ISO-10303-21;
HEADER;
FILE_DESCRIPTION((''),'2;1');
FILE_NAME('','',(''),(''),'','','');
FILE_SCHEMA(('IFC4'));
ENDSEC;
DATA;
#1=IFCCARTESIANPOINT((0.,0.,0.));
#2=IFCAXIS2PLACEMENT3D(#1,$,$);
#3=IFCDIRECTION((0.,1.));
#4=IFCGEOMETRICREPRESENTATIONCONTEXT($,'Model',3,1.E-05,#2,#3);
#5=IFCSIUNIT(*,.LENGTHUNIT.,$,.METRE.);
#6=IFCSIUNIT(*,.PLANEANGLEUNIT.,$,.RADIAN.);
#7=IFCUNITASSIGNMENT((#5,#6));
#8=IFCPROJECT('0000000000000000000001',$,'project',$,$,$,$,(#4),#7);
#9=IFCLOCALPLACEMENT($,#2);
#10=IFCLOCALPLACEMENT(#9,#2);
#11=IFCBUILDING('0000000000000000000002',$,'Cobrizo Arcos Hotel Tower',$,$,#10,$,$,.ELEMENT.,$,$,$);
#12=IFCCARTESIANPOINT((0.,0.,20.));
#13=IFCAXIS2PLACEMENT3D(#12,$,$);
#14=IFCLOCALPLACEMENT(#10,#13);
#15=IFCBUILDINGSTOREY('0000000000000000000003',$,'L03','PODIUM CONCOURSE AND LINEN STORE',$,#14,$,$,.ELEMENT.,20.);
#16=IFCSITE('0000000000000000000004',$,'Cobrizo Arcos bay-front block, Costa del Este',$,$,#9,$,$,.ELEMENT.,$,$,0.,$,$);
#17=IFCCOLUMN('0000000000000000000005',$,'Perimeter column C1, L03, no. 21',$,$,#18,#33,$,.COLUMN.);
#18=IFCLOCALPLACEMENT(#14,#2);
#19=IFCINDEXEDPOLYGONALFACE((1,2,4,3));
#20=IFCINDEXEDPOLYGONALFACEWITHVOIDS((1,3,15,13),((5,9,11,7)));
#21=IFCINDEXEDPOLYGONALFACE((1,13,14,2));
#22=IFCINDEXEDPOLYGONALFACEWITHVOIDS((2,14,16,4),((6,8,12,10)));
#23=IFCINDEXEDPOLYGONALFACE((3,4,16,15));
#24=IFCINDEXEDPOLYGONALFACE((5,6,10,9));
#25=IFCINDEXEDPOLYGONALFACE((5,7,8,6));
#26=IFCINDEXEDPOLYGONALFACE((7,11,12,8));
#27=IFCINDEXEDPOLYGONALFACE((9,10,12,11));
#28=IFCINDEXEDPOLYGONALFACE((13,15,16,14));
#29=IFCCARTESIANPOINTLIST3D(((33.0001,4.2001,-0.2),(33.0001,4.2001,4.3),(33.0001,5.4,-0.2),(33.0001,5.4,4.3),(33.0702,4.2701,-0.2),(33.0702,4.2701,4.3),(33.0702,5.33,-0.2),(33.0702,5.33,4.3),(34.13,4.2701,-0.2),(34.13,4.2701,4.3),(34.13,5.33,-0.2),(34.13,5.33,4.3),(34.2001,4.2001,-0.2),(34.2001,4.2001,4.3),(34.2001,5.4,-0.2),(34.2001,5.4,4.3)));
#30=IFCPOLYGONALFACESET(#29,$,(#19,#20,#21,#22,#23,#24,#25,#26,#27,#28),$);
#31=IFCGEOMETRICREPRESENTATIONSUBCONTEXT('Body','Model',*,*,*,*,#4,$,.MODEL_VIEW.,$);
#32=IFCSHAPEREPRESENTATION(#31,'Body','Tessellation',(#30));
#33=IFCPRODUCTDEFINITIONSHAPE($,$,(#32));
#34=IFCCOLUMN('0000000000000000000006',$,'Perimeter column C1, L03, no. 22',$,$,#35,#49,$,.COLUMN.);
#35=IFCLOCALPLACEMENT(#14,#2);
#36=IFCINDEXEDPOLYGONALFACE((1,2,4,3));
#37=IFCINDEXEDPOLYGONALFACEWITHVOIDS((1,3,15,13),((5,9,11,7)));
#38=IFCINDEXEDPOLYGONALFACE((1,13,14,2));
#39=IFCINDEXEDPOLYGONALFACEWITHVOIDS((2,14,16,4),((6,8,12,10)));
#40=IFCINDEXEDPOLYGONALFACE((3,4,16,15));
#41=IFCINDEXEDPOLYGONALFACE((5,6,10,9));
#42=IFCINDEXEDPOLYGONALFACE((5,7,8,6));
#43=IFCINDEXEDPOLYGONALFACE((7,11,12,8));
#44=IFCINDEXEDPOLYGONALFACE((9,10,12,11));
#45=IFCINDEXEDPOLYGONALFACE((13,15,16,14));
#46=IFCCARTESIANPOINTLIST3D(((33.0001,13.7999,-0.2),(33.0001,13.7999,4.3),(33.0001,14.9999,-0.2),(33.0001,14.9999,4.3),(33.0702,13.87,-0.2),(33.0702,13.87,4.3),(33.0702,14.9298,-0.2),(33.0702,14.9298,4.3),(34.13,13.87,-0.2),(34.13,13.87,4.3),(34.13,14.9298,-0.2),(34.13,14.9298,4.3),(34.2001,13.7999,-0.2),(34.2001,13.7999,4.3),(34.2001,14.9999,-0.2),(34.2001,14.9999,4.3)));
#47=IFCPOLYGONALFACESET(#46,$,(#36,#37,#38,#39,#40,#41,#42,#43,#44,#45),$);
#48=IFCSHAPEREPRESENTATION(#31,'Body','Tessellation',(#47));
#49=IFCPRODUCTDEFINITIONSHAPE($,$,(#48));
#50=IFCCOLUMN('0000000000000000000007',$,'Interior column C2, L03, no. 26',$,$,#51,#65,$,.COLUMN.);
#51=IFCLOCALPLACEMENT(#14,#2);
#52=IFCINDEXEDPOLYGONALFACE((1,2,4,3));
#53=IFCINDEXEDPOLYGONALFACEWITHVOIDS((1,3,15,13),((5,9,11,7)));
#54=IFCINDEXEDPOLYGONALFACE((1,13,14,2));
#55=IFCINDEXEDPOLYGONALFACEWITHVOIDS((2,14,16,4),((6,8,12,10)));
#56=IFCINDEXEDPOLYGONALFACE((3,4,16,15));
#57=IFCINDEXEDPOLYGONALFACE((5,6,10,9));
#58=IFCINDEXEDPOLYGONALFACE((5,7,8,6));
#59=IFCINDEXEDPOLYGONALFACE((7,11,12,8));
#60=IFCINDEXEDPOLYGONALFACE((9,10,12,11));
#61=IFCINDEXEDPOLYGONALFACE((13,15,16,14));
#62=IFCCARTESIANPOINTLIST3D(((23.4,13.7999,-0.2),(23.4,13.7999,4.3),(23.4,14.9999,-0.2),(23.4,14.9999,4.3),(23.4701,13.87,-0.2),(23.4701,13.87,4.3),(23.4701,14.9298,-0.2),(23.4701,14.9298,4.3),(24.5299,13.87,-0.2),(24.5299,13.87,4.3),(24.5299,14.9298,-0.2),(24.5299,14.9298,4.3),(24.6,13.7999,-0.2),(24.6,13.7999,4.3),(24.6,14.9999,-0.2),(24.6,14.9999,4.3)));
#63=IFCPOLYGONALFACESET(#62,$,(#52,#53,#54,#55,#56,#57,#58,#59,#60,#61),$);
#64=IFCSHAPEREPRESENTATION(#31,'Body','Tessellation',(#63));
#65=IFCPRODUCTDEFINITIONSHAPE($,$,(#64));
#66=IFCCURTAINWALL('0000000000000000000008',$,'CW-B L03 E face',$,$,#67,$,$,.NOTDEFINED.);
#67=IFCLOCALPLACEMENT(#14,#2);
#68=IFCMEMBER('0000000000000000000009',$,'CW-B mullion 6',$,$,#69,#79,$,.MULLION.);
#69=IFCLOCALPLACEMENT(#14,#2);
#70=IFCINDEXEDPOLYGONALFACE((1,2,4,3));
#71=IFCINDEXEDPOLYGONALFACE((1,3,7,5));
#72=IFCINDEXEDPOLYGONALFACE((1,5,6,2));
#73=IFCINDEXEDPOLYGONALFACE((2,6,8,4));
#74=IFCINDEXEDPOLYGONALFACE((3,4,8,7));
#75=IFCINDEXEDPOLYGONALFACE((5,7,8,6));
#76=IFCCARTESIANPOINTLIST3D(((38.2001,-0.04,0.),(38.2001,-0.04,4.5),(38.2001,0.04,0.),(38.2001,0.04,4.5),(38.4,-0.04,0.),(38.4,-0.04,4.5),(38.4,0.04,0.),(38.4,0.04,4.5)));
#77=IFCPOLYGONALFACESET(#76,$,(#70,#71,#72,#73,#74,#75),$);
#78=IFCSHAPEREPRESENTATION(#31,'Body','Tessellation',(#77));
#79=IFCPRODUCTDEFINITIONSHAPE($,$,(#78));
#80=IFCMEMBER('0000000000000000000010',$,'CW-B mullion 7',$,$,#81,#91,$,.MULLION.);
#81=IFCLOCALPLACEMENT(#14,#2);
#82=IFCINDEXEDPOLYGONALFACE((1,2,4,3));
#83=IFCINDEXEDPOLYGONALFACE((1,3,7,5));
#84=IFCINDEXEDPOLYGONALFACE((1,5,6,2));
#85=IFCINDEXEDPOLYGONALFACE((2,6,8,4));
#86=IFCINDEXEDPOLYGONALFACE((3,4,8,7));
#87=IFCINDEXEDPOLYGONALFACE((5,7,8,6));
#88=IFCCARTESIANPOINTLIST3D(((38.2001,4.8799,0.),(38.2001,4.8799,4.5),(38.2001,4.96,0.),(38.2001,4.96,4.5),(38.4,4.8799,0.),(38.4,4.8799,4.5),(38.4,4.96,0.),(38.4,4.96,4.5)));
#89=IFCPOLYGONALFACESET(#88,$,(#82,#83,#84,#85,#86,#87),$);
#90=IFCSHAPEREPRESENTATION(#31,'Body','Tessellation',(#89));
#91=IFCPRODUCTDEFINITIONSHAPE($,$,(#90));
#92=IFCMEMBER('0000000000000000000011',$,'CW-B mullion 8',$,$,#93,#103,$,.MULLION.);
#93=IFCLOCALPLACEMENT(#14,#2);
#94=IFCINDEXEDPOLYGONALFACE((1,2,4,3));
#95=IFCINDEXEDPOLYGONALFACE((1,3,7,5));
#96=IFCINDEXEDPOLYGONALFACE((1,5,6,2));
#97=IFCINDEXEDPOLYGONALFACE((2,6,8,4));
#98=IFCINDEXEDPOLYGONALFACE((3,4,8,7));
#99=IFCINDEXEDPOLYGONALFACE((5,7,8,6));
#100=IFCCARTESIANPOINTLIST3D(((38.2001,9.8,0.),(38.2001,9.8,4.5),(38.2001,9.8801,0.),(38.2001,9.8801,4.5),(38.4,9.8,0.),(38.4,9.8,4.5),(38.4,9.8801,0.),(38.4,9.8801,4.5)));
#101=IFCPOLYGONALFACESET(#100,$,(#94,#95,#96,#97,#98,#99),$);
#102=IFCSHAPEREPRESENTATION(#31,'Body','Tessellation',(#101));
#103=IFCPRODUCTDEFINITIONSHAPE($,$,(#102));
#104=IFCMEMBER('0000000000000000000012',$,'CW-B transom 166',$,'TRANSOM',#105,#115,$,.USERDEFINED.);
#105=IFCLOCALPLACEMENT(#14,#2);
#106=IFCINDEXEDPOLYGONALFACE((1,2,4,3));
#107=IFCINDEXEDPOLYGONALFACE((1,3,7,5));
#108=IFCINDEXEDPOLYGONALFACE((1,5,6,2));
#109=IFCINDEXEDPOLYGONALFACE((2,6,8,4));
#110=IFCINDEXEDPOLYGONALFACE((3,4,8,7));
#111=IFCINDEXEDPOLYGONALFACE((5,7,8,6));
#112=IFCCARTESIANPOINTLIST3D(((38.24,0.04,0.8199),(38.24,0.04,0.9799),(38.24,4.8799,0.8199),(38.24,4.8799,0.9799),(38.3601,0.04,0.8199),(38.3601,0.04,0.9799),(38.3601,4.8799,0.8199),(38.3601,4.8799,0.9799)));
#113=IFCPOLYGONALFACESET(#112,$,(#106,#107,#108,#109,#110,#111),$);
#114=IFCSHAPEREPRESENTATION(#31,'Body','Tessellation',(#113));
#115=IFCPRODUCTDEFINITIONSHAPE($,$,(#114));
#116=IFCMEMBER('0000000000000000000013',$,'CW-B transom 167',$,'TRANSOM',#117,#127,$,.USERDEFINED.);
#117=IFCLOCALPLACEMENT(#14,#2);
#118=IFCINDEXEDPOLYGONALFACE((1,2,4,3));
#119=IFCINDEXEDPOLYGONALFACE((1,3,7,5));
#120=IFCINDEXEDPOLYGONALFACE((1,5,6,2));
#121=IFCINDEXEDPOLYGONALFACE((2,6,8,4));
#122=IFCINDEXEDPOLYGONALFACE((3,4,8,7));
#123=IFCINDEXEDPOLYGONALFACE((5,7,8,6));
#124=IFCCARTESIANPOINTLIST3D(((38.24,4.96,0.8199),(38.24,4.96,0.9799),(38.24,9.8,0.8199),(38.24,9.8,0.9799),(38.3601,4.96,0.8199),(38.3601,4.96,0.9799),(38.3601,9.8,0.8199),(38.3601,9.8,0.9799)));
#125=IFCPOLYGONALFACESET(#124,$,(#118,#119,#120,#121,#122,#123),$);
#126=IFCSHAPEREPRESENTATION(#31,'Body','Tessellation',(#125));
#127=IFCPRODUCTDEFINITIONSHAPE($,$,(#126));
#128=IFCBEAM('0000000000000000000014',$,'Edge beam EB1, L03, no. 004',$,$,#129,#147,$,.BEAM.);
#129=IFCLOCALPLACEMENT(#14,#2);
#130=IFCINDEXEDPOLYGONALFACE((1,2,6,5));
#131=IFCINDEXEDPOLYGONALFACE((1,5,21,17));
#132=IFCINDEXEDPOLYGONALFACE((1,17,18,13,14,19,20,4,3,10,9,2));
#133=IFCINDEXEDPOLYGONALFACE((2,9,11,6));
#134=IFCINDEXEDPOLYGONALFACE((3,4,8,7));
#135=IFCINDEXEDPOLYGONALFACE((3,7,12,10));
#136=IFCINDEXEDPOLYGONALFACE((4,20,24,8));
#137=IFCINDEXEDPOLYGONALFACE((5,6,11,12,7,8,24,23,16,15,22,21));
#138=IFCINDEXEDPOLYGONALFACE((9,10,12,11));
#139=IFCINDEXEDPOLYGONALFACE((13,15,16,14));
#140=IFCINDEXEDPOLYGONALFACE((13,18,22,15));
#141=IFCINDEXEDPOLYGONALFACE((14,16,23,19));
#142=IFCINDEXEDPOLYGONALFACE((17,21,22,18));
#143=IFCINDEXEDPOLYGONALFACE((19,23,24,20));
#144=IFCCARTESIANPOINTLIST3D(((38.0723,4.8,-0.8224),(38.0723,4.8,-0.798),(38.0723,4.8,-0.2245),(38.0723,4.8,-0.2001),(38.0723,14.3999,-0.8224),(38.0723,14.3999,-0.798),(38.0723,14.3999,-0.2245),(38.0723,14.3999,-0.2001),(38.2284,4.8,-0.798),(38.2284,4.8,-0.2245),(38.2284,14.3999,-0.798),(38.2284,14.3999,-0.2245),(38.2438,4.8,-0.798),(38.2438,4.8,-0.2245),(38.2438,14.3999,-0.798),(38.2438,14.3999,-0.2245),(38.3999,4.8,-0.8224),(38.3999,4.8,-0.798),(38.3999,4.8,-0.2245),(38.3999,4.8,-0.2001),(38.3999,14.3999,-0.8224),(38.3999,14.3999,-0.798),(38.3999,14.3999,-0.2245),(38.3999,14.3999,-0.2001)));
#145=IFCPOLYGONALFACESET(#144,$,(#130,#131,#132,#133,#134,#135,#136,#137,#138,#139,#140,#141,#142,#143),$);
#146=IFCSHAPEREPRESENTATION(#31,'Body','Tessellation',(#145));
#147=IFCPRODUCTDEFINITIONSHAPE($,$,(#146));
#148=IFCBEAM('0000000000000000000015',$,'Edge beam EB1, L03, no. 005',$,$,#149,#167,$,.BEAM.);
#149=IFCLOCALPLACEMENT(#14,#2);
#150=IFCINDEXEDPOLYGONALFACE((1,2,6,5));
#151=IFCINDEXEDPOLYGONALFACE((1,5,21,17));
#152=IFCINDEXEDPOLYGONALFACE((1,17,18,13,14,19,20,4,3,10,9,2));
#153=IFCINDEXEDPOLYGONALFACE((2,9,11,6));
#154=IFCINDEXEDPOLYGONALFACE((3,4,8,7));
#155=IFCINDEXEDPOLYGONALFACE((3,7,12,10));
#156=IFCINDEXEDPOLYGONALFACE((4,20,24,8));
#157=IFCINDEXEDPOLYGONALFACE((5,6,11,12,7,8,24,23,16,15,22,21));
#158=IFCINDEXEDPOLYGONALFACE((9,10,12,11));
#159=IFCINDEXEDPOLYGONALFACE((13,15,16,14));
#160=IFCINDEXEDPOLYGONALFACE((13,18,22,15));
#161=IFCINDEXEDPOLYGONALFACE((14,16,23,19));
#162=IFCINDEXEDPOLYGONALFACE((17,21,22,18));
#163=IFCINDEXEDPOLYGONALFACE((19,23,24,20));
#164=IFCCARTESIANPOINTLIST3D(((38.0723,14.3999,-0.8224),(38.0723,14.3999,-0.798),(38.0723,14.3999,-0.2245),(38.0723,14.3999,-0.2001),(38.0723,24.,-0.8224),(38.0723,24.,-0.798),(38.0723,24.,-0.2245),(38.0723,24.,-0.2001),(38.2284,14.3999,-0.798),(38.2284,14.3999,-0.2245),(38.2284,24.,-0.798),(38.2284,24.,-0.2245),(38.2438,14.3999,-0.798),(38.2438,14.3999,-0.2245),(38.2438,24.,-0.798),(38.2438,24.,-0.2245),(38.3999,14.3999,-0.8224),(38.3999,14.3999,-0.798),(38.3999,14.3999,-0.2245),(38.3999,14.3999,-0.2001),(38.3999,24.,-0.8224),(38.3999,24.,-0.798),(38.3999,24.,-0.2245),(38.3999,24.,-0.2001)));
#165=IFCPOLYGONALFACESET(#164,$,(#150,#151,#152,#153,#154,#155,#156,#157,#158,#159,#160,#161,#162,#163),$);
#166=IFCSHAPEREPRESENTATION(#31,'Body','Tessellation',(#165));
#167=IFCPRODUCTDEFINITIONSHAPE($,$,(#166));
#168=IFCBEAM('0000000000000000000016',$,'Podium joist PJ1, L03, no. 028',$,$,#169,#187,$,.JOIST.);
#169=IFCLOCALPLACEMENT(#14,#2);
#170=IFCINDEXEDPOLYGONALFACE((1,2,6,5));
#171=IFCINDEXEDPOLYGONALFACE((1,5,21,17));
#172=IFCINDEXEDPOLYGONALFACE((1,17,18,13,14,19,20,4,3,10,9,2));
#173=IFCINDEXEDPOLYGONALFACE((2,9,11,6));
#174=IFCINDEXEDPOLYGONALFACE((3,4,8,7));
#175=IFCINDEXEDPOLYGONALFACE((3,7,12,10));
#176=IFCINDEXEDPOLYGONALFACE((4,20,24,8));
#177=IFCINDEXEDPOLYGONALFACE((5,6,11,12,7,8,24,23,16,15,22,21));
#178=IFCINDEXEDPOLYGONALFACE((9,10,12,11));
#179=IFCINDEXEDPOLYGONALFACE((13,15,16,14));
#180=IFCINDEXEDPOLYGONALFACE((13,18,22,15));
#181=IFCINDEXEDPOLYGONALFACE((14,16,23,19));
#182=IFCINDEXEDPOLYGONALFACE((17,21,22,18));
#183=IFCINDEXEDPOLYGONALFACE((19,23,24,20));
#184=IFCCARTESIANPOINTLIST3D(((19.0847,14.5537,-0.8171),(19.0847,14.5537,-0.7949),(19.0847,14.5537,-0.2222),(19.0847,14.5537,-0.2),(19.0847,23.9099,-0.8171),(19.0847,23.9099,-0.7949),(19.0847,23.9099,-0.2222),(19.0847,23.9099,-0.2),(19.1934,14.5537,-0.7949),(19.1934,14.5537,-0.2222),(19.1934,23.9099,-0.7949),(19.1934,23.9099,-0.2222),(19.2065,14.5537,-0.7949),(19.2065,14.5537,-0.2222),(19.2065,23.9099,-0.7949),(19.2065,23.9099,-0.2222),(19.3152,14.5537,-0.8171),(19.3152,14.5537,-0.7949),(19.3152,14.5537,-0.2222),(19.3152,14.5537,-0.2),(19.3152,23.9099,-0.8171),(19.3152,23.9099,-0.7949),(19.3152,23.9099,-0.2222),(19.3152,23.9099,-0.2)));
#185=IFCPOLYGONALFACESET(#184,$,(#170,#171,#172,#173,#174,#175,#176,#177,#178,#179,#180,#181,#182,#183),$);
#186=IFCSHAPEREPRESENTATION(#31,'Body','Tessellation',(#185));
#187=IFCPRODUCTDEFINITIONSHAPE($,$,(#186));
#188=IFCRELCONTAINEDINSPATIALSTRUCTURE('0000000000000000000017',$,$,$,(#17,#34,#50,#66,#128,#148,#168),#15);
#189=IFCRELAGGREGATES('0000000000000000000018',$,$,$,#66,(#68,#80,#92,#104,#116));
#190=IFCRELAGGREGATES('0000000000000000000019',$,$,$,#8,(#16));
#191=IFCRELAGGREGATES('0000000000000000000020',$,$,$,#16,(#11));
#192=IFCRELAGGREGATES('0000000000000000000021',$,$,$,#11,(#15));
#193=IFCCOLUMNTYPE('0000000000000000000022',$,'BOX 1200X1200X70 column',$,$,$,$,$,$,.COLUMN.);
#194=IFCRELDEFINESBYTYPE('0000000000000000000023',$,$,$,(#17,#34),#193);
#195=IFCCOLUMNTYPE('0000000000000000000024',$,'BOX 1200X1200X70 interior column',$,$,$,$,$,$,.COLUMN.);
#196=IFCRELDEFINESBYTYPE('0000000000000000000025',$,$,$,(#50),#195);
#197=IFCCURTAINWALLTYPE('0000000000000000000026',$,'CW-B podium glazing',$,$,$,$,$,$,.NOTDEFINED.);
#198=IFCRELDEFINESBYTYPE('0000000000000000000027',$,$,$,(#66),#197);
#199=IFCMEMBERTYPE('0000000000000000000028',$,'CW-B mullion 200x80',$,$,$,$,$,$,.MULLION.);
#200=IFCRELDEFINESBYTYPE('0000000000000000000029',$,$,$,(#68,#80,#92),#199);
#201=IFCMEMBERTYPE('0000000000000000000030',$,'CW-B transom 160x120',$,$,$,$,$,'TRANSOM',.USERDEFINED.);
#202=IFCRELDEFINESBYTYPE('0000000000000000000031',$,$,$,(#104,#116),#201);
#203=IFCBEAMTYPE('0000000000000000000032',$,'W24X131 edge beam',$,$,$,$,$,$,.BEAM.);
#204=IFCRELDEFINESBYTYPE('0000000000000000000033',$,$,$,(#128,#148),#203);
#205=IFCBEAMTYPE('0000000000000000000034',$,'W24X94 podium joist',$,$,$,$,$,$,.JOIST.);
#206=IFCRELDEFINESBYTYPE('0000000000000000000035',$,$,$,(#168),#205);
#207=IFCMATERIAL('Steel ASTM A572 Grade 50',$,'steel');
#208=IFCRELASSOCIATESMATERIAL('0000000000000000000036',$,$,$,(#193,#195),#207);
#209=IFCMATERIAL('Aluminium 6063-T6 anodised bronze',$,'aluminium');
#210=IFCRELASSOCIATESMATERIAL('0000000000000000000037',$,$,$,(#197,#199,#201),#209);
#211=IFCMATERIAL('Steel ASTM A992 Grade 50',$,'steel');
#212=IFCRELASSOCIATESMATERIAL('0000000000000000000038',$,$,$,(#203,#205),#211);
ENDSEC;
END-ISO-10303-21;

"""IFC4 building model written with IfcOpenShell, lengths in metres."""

from ifc_helpers import new_model, si_unit, direction, frame, origin, origin_2d, place, context, subcontext, project, spatial, rectangle, hollow_rectangle, i_section, extrude, material, material_profile, profile_set, type_object, element, aggregate, save


model = new_model("IFC4")

# Units and contexts
model_context = context("Model", 3, precision=1e-05, world=origin(), true_north=direction((0.0, 1.0)))
body_context = subcontext(model_context, "Body", "Model", "MODEL_VIEW")
ifc_project = project(units=[si_unit("LENGTHUNIT", "METRE"), si_unit("PLANEANGLEUNIT", "RADIAN")], contexts=[model_context])

# Site, building, storey
site_placement = place(None, origin())
site = spatial("IfcSite", under=ifc_project, at=site_placement, Name="Cobrizo Arcos bay-front block, Costa del Este", CompositionType="ELEMENT", RefElevation=0.0)
building_placement = place(site_placement, origin())
building = spatial("IfcBuilding", under=site, at=building_placement, Name="Cobrizo Arcos Hotel Tower", CompositionType="ELEMENT")
storey_placement = place(building_placement, frame((0.0, 0.0, 20.0)))
storey = spatial("IfcBuildingStorey", under=building, at=storey_placement, Name="L03", Description="PODIUM CONCOURSE AND LINEN STORE", CompositionType="ELEMENT", Elevation=20.0)

# Columns
ifc_material_1 = material(Name="Steel ASTM A572 Grade 50", Category="steel")
ifc_material_profile_1 = material_profile(ifc_material_1, hollow_rectangle(XDim=1.2, YDim=1.2, WallThickness=0.0701, at=origin_2d()), Name="BOX 1200X1200X70")
ifc_profile_set_1 = profile_set([ifc_material_profile_1], Name="Steel ASTM A572 Grade 50")
column_type_1 = type_object("IfcColumnType", Name="BOX 1200X1200X70 column", PredefinedType="COLUMN", material=ifc_profile_set_1)
for number, where, z_axis, x_axis, name in (
    (1, (33.6001, 4.8, -0.2), (0.0, 0.0, 1.0), (1.0, 0.0, 0.0), "Perimeter column C1, L03, no. 21"),
    (2, (33.6001, 14.3999, -0.2), (0.0, 0.0, 1.0), (1.0, 0.0, 0.0), "Perimeter column C1, L03, no. 22"),
):
    element("IfcColumn", number, at=place(storey_placement, frame(where, z_axis=z_axis, x_axis=x_axis)), inside=storey, type_object=column_type_1, Name=name, PredefinedType="COLUMN", context=body_context, shape_type="SweptSolid", body=[
        extrude(hollow_rectangle(XDim=1.2, YDim=1.2, WallThickness=0.0701, at=origin_2d()), origin(), (0.0, 0.0, 1.0), 4.5),
    ])
ifc_material_profile_2 = material_profile(ifc_material_1, hollow_rectangle(XDim=1.2, YDim=1.2, WallThickness=0.0701, at=origin_2d()), Name="BOX 1200X1200X70")
ifc_profile_set_2 = profile_set([ifc_material_profile_2], Name="Steel ASTM A572 Grade 50")
column_type_2 = type_object("IfcColumnType", Name="BOX 1200X1200X70 interior column", PredefinedType="COLUMN", material=ifc_profile_set_2)
column_placement = place(storey_placement, frame((24.0, 14.3999, -0.2), z_axis=(0.0, 0.0, 1.0), x_axis=(1.0, 0.0, 0.0)))
element("IfcColumn", 3, at=column_placement, inside=storey, type_object=column_type_2, Name="Interior column C2, L03, no. 26", PredefinedType="COLUMN", context=body_context, shape_type="SweptSolid", body=[
    extrude(hollow_rectangle(XDim=1.2, YDim=1.2, WallThickness=0.0701, at=origin_2d()), origin(), (0.0, 0.0, 1.0), 4.5),
])

# Curtain wall, members
ifc_material_2 = material(Name="Aluminium 6063-T6 anodised bronze", Category="aluminium")
curtain_wall_type = type_object("IfcCurtainWallType", Name="CW-B podium glazing", PredefinedType="NOTDEFINED", material=ifc_material_2)
curtain_wall_placement = place(storey_placement, origin())
curtain_wall = element("IfcCurtainWall", 4, at=curtain_wall_placement, inside=storey, type_object=curtain_wall_type, Name="CW-B L03 E face", PredefinedType="NOTDEFINED")
ifc_material_profile_3 = material_profile(ifc_material_2, rectangle(XDim=0.2, YDim=0.0801, at=origin_2d()), Name="CW-B mullion 200x80")
ifc_profile_set_3 = profile_set([ifc_material_profile_3], Name="Aluminium 6063-T6 anodised bronze")
member_type_1 = type_object("IfcMemberType", Name="CW-B mullion 200x80", PredefinedType="MULLION", material=ifc_profile_set_3)
member_1_placement = place(storey_placement, frame((38.3, 0.0, 0.0), z_axis=(0.0, 0.0, 1.0), x_axis=(1.0, 0.0, 0.0)))
member_1 = element("IfcMember", 5, at=member_1_placement, type_object=member_type_1, Name="CW-B mullion 6", PredefinedType="MULLION", context=body_context, shape_type="SweptSolid", body=[
    extrude(rectangle(XDim=0.2, YDim=0.0801, at=origin_2d()), origin(), (0.0, 0.0, 1.0), 4.5),
])
member_2_placement = place(storey_placement, frame((38.3, 4.9199, 0.0), z_axis=(0.0, 0.0, 1.0), x_axis=(1.0, 0.0, 0.0)))
member_2 = element("IfcMember", 6, at=member_2_placement, type_object=member_type_1, Name="CW-B mullion 7", PredefinedType="MULLION", context=body_context, shape_type="SweptSolid", body=[
    extrude(rectangle(XDim=0.2, YDim=0.0801, at=origin_2d()), origin(), (0.0, 0.0, 1.0), 4.5),
])
member_3_placement = place(storey_placement, frame((38.3, 9.8401, 0.0), z_axis=(0.0, 0.0, 1.0), x_axis=(1.0, 0.0, 0.0)))
member_3 = element("IfcMember", 7, at=member_3_placement, type_object=member_type_1, Name="CW-B mullion 8", PredefinedType="MULLION", context=body_context, shape_type="SweptSolid", body=[
    extrude(rectangle(XDim=0.2, YDim=0.0801, at=origin_2d()), origin(), (0.0, 0.0, 1.0), 4.5),
])
ifc_material_profile_4 = material_profile(ifc_material_2, rectangle(XDim=0.1201, YDim=0.1599, at=origin_2d()), Name="CW-B transom 160x120")
ifc_profile_set_4 = profile_set([ifc_material_profile_4], Name="Aluminium 6063-T6 anodised bronze")
member_type_2 = type_object("IfcMemberType", Name="CW-B transom 160x120", ElementType="TRANSOM", PredefinedType="USERDEFINED", material=ifc_profile_set_4)
member_4_placement = place(storey_placement, frame((38.3, 0.04, 0.8999), z_axis=(0.0, 1.0, 0.0), x_axis=(-1.0, 0.0, 0.0)))
member_4 = element("IfcMember", 8, at=member_4_placement, type_object=member_type_2, Name="CW-B transom 166", ObjectType="TRANSOM", PredefinedType="USERDEFINED", context=body_context, shape_type="SweptSolid", body=[
    extrude(rectangle(XDim=0.1201, YDim=0.1599, at=origin_2d()), origin(), (0.0, 0.0, 1.0), 4.8398),
])
member_5_placement = place(storey_placement, frame((38.3, 4.96, 0.8999), z_axis=(0.0, 1.0, 0.0), x_axis=(-1.0, 0.0, 0.0)))
member_5 = element("IfcMember", 9, at=member_5_placement, type_object=member_type_2, Name="CW-B transom 167", ObjectType="TRANSOM", PredefinedType="USERDEFINED", context=body_context, shape_type="SweptSolid", body=[
    extrude(rectangle(XDim=0.1201, YDim=0.1599, at=origin_2d()), origin(), (0.0, 0.0, 1.0), 4.8401),
])

# Beams
ifc_material_3 = material(Name="Steel ASTM A992 Grade 50", Category="steel")
ifc_material_profile_5 = material_profile(ifc_material_3, i_section(OverallWidth=0.3276, OverallDepth=0.6223, WebThickness=0.0154, FlangeThickness=0.0244, at=origin_2d()), Name="W24X131")
ifc_profile_set_5 = profile_set([ifc_material_profile_5], Name="Steel ASTM A992 Grade 50")
beam_type_1 = type_object("IfcBeamType", Name="W24X131 edge beam", PredefinedType="BEAM", material=ifc_profile_set_5)
beam_1_placement = place(storey_placement, frame((38.2361, 4.8, -0.5112), z_axis=(0.0, 1.0, 0.0), x_axis=(-1.0, 0.0, 0.0)))
element("IfcBeam", 10, at=beam_1_placement, inside=storey, type_object=beam_type_1, Name="Edge beam EB1, L03, no. 004", PredefinedType="BEAM", context=body_context, shape_type="SweptSolid", body=[
    extrude(i_section(OverallWidth=0.3276, OverallDepth=0.6223, WebThickness=0.0154, FlangeThickness=0.0244, at=origin_2d()), origin(), (0.0, 0.0, 1.0), 9.5999),
])
beam_2_placement = place(storey_placement, frame((38.2361, 14.3999, -0.5112), z_axis=(0.0, 1.0, 0.0), x_axis=(-1.0, 0.0, 0.0)))
element("IfcBeam", 11, at=beam_2_placement, inside=storey, type_object=beam_type_1, Name="Edge beam EB1, L03, no. 005", PredefinedType="BEAM", context=body_context, shape_type="SweptSolid", body=[
    extrude(i_section(OverallWidth=0.3276, OverallDepth=0.6223, WebThickness=0.0154, FlangeThickness=0.0244, at=origin_2d()), origin(), (0.0, 0.0, 1.0), 9.6001),
])
ifc_material_profile_6 = material_profile(ifc_material_3, i_section(OverallWidth=0.2305, OverallDepth=0.6172, WebThickness=0.0132, FlangeThickness=0.0222, at=origin_2d()), Name="W24X94")
ifc_profile_set_6 = profile_set([ifc_material_profile_6], Name="Steel ASTM A992 Grade 50")
beam_type_2 = type_object("IfcBeamType", Name="W24X94 podium joist", PredefinedType="JOIST", material=ifc_profile_set_6)
beam_3_placement = place(storey_placement, frame((19.2, 14.5537, -0.5085), z_axis=(0.0, 1.0, 0.0), x_axis=(-1.0, 0.0, 0.0)))
element("IfcBeam", 12, at=beam_3_placement, inside=storey, type_object=beam_type_2, Name="Podium joist PJ1, L03, no. 028", PredefinedType="JOIST", context=body_context, shape_type="SweptSolid", body=[
    extrude(i_section(OverallWidth=0.2305, OverallDepth=0.6172, WebThickness=0.0132, FlangeThickness=0.0222, at=origin_2d()), origin(), (0.0, 0.0, 1.0), 9.3562),
])

aggregate(curtain_wall, [member_1, member_2, member_3, member_4, member_5])

save(model, "model.ifc")
